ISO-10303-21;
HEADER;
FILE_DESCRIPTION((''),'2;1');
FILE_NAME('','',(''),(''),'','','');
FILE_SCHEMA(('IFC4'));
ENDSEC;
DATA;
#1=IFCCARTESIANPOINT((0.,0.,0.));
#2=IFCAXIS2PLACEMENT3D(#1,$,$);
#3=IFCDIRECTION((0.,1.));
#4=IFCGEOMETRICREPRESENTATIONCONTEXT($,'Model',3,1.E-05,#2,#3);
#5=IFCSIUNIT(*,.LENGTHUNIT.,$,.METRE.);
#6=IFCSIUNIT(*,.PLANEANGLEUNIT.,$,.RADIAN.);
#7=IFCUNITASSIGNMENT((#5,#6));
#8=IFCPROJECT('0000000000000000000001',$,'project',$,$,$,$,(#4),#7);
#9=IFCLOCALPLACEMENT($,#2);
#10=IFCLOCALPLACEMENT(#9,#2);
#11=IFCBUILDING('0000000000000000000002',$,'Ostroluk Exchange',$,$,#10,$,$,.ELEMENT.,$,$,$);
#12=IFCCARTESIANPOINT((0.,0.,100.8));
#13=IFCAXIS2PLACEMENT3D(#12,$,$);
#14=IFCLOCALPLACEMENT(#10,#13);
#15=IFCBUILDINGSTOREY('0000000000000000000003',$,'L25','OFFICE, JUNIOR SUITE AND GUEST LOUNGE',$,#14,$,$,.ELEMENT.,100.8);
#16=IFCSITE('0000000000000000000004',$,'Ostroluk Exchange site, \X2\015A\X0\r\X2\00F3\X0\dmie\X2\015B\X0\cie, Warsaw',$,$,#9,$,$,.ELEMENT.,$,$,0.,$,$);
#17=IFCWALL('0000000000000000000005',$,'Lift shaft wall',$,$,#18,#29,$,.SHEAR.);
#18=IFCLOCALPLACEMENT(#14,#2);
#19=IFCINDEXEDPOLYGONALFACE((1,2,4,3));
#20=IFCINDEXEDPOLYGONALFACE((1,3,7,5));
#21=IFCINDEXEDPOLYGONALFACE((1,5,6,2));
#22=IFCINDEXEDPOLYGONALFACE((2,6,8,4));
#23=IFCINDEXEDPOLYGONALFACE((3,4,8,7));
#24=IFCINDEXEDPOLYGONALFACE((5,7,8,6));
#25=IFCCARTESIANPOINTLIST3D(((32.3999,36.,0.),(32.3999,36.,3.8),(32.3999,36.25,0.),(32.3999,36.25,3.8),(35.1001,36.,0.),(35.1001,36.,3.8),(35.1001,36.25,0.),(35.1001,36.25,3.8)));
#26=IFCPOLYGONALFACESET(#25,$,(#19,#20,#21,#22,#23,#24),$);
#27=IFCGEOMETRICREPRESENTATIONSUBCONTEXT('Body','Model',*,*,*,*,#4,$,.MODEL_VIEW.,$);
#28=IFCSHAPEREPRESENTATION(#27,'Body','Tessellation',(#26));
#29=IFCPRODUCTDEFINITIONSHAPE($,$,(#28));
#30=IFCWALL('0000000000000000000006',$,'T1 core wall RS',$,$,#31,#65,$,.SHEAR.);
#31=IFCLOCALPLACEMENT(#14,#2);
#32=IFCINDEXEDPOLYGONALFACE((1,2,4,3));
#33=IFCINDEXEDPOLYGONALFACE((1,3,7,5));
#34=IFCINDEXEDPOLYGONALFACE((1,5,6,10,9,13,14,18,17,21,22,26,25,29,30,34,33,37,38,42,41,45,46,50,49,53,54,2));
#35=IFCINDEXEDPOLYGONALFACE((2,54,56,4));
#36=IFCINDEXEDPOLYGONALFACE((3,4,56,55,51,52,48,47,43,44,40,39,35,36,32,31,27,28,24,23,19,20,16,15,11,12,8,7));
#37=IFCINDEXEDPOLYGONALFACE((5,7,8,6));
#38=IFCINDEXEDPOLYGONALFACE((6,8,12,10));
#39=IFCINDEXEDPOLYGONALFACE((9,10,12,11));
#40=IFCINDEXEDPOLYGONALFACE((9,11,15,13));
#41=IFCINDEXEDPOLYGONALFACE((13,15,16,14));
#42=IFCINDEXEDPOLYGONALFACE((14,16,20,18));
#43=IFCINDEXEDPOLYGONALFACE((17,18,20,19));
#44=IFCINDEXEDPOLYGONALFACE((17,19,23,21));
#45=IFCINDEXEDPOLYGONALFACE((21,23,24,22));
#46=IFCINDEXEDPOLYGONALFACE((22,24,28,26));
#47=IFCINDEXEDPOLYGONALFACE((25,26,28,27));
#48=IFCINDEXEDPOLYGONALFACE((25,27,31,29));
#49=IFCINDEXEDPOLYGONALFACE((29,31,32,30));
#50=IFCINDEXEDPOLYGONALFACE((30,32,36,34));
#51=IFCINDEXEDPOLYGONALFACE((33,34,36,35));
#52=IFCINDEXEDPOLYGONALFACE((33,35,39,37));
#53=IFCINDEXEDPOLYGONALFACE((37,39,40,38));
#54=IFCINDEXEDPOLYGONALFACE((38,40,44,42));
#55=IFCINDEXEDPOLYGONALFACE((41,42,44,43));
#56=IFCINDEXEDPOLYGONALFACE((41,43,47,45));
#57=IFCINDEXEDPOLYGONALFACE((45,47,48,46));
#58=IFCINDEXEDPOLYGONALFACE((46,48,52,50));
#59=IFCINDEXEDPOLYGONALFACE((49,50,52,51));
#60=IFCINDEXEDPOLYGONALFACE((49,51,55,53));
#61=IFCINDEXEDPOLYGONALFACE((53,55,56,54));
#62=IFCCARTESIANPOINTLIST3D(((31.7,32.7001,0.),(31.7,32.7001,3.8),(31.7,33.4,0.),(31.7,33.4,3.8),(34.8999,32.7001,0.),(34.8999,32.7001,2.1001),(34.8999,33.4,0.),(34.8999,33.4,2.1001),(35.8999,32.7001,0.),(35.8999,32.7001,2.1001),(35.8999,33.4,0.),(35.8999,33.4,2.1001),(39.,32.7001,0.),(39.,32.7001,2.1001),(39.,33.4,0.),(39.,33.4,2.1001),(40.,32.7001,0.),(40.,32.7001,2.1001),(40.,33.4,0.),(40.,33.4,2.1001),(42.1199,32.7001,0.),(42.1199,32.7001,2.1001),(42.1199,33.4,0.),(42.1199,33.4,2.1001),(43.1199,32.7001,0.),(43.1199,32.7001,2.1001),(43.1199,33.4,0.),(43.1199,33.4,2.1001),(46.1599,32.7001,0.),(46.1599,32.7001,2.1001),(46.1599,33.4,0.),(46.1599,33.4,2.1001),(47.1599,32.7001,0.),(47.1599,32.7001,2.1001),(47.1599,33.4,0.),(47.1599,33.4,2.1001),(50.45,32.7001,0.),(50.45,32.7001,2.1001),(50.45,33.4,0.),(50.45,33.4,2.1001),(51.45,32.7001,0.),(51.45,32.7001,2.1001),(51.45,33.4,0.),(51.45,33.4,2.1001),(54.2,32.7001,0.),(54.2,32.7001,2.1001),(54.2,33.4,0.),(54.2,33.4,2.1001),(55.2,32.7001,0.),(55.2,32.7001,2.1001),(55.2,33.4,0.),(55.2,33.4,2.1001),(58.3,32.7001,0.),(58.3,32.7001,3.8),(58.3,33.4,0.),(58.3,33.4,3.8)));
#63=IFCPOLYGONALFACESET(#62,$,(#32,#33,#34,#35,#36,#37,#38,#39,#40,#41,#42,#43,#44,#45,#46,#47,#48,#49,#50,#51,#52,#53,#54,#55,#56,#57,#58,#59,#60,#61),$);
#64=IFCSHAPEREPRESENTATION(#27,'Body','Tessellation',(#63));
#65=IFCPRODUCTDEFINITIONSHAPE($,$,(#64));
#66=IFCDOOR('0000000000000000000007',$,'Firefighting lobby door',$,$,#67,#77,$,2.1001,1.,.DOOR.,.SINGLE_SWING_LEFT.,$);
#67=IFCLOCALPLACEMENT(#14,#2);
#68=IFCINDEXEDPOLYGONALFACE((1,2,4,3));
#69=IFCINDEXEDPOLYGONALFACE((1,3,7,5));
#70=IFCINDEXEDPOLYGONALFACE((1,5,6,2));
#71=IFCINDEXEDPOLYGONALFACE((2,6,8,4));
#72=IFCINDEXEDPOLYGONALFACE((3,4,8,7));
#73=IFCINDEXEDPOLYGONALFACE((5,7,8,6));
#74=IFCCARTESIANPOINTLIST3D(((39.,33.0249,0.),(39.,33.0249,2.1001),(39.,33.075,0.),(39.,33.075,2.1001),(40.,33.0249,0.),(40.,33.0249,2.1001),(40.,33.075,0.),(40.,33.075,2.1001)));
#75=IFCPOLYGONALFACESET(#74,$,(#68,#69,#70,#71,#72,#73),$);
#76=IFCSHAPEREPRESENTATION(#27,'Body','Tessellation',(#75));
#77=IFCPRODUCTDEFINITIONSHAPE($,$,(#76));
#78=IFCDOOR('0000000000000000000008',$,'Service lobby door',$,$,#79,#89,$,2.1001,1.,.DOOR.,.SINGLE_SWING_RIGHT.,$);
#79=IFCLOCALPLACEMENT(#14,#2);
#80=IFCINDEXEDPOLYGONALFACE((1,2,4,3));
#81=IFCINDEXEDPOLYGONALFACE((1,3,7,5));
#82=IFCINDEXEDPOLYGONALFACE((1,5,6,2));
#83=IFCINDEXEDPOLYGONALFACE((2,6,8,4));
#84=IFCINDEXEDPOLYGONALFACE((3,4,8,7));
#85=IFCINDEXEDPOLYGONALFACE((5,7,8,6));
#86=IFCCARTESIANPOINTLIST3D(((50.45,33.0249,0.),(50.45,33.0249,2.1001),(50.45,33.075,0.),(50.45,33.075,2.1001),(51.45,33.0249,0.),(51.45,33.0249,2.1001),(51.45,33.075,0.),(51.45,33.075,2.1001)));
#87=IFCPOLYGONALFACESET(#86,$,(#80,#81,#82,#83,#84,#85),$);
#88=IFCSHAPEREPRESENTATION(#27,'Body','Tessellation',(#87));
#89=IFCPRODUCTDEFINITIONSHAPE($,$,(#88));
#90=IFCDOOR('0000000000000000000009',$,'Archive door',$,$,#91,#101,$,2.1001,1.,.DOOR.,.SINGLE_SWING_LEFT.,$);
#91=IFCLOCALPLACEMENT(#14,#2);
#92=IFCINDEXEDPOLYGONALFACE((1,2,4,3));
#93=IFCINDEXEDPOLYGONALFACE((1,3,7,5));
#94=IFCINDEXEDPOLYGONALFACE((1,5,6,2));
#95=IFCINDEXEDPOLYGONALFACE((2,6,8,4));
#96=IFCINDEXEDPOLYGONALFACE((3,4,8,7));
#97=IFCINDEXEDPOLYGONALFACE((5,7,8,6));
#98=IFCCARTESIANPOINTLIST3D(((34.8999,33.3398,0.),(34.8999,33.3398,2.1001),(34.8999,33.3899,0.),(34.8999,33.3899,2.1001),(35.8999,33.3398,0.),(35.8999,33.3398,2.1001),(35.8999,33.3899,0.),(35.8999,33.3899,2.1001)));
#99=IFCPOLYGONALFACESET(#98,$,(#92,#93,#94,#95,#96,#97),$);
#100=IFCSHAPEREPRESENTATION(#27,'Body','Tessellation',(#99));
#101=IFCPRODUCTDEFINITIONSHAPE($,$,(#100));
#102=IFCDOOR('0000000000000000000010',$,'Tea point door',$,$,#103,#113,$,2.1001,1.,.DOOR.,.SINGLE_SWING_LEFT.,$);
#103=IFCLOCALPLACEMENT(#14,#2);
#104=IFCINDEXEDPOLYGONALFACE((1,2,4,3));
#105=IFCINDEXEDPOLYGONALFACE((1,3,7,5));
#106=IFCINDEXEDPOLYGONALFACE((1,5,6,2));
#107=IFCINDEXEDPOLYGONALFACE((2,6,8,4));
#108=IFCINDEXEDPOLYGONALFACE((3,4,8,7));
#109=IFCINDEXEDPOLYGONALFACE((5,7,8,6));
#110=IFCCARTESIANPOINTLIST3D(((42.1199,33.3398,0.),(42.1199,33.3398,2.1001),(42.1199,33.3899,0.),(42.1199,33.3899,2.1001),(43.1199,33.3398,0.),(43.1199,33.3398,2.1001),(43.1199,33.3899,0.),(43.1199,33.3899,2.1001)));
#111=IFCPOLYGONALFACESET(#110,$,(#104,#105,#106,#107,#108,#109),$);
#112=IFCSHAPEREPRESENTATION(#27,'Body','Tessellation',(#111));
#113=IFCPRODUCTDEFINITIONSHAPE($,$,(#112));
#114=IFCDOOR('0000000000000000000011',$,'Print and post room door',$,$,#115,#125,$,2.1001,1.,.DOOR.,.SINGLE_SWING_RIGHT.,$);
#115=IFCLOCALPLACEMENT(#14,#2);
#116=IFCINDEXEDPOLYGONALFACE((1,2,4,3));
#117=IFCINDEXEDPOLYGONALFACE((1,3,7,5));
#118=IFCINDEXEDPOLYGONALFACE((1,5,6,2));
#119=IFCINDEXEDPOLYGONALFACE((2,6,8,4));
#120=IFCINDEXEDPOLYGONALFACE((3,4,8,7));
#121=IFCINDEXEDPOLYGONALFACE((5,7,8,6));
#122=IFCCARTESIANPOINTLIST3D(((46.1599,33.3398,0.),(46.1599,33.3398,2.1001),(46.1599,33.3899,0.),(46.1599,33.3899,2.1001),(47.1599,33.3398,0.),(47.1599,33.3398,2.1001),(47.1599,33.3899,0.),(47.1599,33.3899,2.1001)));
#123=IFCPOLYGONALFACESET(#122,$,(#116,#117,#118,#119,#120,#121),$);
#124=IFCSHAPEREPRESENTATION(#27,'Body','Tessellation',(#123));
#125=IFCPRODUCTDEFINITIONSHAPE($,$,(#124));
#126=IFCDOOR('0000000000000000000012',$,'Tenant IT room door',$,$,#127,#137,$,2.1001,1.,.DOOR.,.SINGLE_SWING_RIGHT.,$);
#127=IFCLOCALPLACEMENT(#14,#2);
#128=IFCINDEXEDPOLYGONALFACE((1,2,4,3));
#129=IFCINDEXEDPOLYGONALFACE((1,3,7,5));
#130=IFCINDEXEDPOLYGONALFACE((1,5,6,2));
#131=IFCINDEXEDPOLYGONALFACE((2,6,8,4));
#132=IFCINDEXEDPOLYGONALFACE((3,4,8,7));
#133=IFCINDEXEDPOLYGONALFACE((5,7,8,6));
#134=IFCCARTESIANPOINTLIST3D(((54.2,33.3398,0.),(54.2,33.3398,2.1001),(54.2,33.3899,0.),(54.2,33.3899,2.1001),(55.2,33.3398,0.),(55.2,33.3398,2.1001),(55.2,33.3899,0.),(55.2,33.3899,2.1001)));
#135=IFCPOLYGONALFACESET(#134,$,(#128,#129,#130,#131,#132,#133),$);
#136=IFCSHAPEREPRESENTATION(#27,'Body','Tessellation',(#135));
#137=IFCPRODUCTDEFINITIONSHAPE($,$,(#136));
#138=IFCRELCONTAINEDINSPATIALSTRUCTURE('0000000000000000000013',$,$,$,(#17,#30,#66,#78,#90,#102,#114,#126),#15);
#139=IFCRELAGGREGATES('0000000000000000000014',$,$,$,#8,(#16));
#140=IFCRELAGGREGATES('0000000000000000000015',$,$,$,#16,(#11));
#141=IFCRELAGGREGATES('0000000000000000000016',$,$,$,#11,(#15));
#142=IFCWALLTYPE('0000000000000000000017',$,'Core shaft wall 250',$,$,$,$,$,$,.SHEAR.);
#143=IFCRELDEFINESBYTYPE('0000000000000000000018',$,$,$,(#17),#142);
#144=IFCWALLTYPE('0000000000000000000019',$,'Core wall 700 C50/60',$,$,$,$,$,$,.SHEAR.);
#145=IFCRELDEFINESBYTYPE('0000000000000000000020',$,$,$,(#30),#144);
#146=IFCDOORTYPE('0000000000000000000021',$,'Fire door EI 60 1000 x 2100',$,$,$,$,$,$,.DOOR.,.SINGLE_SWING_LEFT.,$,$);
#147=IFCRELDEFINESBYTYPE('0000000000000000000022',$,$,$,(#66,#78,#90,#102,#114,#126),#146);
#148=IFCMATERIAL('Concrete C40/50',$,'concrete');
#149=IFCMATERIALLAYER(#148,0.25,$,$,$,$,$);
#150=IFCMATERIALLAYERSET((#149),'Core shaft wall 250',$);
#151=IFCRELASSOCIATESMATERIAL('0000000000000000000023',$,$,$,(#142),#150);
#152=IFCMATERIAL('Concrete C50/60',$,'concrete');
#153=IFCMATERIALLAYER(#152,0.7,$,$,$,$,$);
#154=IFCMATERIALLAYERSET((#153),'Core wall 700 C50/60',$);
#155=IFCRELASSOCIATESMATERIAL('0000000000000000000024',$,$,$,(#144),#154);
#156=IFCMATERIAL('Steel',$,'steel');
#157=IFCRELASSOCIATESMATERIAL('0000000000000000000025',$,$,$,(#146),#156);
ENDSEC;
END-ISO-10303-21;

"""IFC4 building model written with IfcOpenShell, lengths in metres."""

from ifc_helpers import new_model, si_unit, direction, frame, frame_2d, origin, place, context, subcontext, project, spatial, rectangle, extrude, material, layer, layer_set, type_object, element, fill, save


model = new_model("IFC4")

# Units and contexts
model_context = context("Model", 3, precision=1e-05, world=origin(), true_north=direction((0.0, 1.0)))
body_context = subcontext(model_context, "Body", "Model", "MODEL_VIEW")
ifc_project = project(units=[si_unit("LENGTHUNIT", "METRE"), si_unit("PLANEANGLEUNIT", "RADIAN")], contexts=[model_context])

# Site, building, storey
site_placement = place(None, origin())
site = spatial("IfcSite", under=ifc_project, at=site_placement, Name="Ostroluk Exchange site, Śródmieście, Warsaw", CompositionType="ELEMENT", RefElevation=0.0)
building_placement = place(site_placement, origin())
building = spatial("IfcBuilding", under=site, at=building_placement, Name="Ostroluk Exchange", CompositionType="ELEMENT")
storey_placement = place(building_placement, frame((0.0, 0.0, 100.8)))
storey = spatial("IfcBuildingStorey", under=building, at=storey_placement, Name="L25", Description="OFFICE, JUNIOR SUITE AND GUEST LOUNGE", CompositionType="ELEMENT", Elevation=100.8)

# Wall
ifc_material_1 = material(Name="Concrete C40/50", Category="concrete")
ifc_layer_1 = layer(ifc_material_1, 0.25)
ifc_layer_set_1 = layer_set([ifc_layer_1], Name="Core shaft wall 250")
wall_type_1 = type_object("IfcWallType", Name="Core shaft wall 250", PredefinedType="SHEAR", material=ifc_layer_set_1)
wall_1_placement = place(storey_placement, frame((32.3999, 36.125, 0.0), z_axis=(0.0, 0.0, 1.0), x_axis=(1.0, 0.0, 0.0)))
element("IfcWall", 1, at=wall_1_placement, inside=storey, type_object=wall_type_1, Name="Lift shaft wall", PredefinedType="SHEAR", context=body_context, shape_type="SweptSolid", body=[
    extrude(rectangle(XDim=2.7002, YDim=0.25, at=frame_2d((1.3501, 0.0))), origin(), (0.0, 0.0, 1.0), 3.8),
])

# Wall, openings, doors
ifc_material_2 = material(Name="Concrete C50/60", Category="concrete")
ifc_layer_2 = layer(ifc_material_2, 0.7)
ifc_layer_set_2 = layer_set([ifc_layer_2], Name="Core wall 700 C50/60")
wall_type_2 = type_object("IfcWallType", Name="Core wall 700 C50/60", PredefinedType="SHEAR", material=ifc_layer_set_2)
wall_2_placement = place(storey_placement, frame((31.7, 33.05, 0.0), z_axis=(0.0, 0.0, 1.0), x_axis=(1.0, 0.0, 0.0)))
wall_2 = element("IfcWall", 2, at=wall_2_placement, inside=storey, type_object=wall_type_2, Name="T1 core wall RS", PredefinedType="SHEAR", context=body_context, shape_type="SweptSolid", body=[
    extrude(rectangle(XDim=26.6001, YDim=0.7, at=frame_2d((13.3, 0.0))), origin(), (0.0, 0.0, 1.0), 3.8),
])
opening_1_placement = place(wall_2_placement, frame((7.3, 0.0, 0.0)))
opening_1 = element("IfcOpeningElement", 3, at=opening_1_placement, cuts=wall_2, PredefinedType="OPENING", context=body_context, shape_type="SweptSolid", body=[
    extrude(rectangle(XDim=1.0, YDim=2.1001, at=frame_2d((0.5, 1.05))), frame((0.0, 0.3599, 0.0), z_axis=(0.0, -1.0, 0.0), x_axis=(1.0, 0.0, 0.0)), (0.0, 0.0, 1.0), 0.72),
])
opening_2_placement = place(wall_2_placement, frame((18.75, 0.0, 0.0)))
opening_2 = element("IfcOpeningElement", 4, at=opening_2_placement, cuts=wall_2, PredefinedType="OPENING", context=body_context, shape_type="SweptSolid", body=[
    extrude(rectangle(XDim=1.0, YDim=2.1001, at=frame_2d((0.5, 1.05))), frame((0.0, 0.3599, 0.0), z_axis=(0.0, -1.0, 0.0), x_axis=(1.0, 0.0, 0.0)), (0.0, 0.0, 1.0), 0.72),
])
opening_3_placement = place(wall_2_placement, frame((3.2, 0.0, 0.0)))
opening_3 = element("IfcOpeningElement", 5, at=opening_3_placement, cuts=wall_2, PredefinedType="OPENING", context=body_context, shape_type="SweptSolid", body=[
    extrude(rectangle(XDim=1.0, YDim=2.1001, at=frame_2d((0.5, 1.05))), frame((0.0, 0.3599, 0.0), z_axis=(0.0, -1.0, 0.0), x_axis=(1.0, 0.0, 0.0)), (0.0, 0.0, 1.0), 0.72),
])
opening_4_placement = place(wall_2_placement, frame((10.4199, 0.0, 0.0)))
opening_4 = element("IfcOpeningElement", 6, at=opening_4_placement, cuts=wall_2, PredefinedType="OPENING", context=body_context, shape_type="SweptSolid", body=[
    extrude(rectangle(XDim=1.0, YDim=2.1001, at=frame_2d((0.5, 1.05))), frame((0.0, 0.3599, 0.0), z_axis=(0.0, -1.0, 0.0), x_axis=(1.0, 0.0, 0.0)), (0.0, 0.0, 1.0), 0.72),
])
opening_5_placement = place(wall_2_placement, frame((14.46, 0.0, 0.0)))
opening_5 = element("IfcOpeningElement", 7, at=opening_5_placement, cuts=wall_2, PredefinedType="OPENING", context=body_context, shape_type="SweptSolid", body=[
    extrude(rectangle(XDim=1.0, YDim=2.1001, at=frame_2d((0.5, 1.05))), frame((0.0, 0.3599, 0.0), z_axis=(0.0, -1.0, 0.0), x_axis=(1.0, 0.0, 0.0)), (0.0, 0.0, 1.0), 0.72),
])
opening_6_placement = place(wall_2_placement, frame((22.5, 0.0, 0.0)))
opening_6 = element("IfcOpeningElement", 8, at=opening_6_placement, cuts=wall_2, PredefinedType="OPENING", context=body_context, shape_type="SweptSolid", body=[
    extrude(rectangle(XDim=1.0, YDim=2.1001, at=frame_2d((0.5, 1.05))), frame((0.0, 0.3599, 0.0), z_axis=(0.0, -1.0, 0.0), x_axis=(1.0, 0.0, 0.0)), (0.0, 0.0, 1.0), 0.72),
])
ifc_material_3 = material(Name="Steel", Category="steel")
door_type_1 = type_object("IfcDoorType", Name="Fire door EI 60 1000 x 2100", OperationType="SINGLE_SWING_LEFT", PredefinedType="DOOR", material=ifc_material_3)
door_1_placement = place(opening_1_placement, origin())
door_1 = element("IfcDoor", 9, at=door_1_placement, inside=storey, type_object=door_type_1, Name="Firefighting lobby door", OperationType="SINGLE_SWING_LEFT", OverallHeight=2.1001, OverallWidth=1.0, PredefinedType="DOOR", context=body_context, shape_type="SweptSolid", body=[
    extrude(rectangle(XDim=1.0, YDim=2.1001, at=frame_2d((0.5, 1.05))), frame((0.0, 0.0249, 0.0), z_axis=(0.0, -1.0, 0.0), x_axis=(1.0, 0.0, 0.0)), (0.0, 0.0, 1.0), 0.05),
])
fill(opening_1, door_1)
door_2_placement = place(opening_2_placement, origin())
door_2 = element("IfcDoor", 10, at=door_2_placement, inside=storey, type_object=door_type_1, Name="Service lobby door", OperationType="SINGLE_SWING_RIGHT", OverallHeight=2.1001, OverallWidth=1.0, PredefinedType="DOOR", context=body_context, shape_type="SweptSolid", body=[
    extrude(rectangle(XDim=1.0, YDim=2.1001, at=frame_2d((0.5, 1.05))), frame((0.0, 0.0249, 0.0), z_axis=(0.0, -1.0, 0.0), x_axis=(1.0, 0.0, 0.0)), (0.0, 0.0, 1.0), 0.05),
])
fill(opening_2, door_2)
door_3_placement = place(opening_3_placement, origin())
door_3 = element("IfcDoor", 11, at=door_3_placement, inside=storey, type_object=door_type_1, Name="Archive door", OperationType="SINGLE_SWING_LEFT", OverallHeight=2.1001, OverallWidth=1.0, PredefinedType="DOOR", context=body_context, shape_type="SweptSolid", body=[
    extrude(rectangle(XDim=1.0, YDim=2.1001, at=frame_2d((0.5, 1.05))), frame((0.0, 0.3398, 0.0), z_axis=(0.0, -1.0, 0.0), x_axis=(1.0, 0.0, 0.0)), (0.0, 0.0, 1.0), 0.05),
])
fill(opening_3, door_3)
door_4_placement = place(opening_4_placement, origin())
door_4 = element("IfcDoor", 12, at=door_4_placement, inside=storey, type_object=door_type_1, Name="Tea point door", OperationType="SINGLE_SWING_LEFT", OverallHeight=2.1001, OverallWidth=1.0, PredefinedType="DOOR", context=body_context, shape_type="SweptSolid", body=[
    extrude(rectangle(XDim=1.0, YDim=2.1001, at=frame_2d((0.5, 1.05))), frame((0.0, 0.3398, 0.0), z_axis=(0.0, -1.0, 0.0), x_axis=(1.0, 0.0, 0.0)), (0.0, 0.0, 1.0), 0.05),
])
fill(opening_4, door_4)
door_5_placement = place(opening_5_placement, origin())
door_5 = element("IfcDoor", 13, at=door_5_placement, inside=storey, type_object=door_type_1, Name="Print and post room door", OperationType="SINGLE_SWING_RIGHT", OverallHeight=2.1001, OverallWidth=1.0, PredefinedType="DOOR", context=body_context, shape_type="SweptSolid", body=[
    extrude(rectangle(XDim=1.0, YDim=2.1001, at=frame_2d((0.5, 1.05))), frame((0.0, 0.3398, 0.0), z_axis=(0.0, -1.0, 0.0), x_axis=(1.0, 0.0, 0.0)), (0.0, 0.0, 1.0), 0.05),
])
fill(opening_5, door_5)
door_6_placement = place(opening_6_placement, origin())
door_6 = element("IfcDoor", 14, at=door_6_placement, inside=storey, type_object=door_type_1, Name="Tenant IT room door", OperationType="SINGLE_SWING_RIGHT", OverallHeight=2.1001, OverallWidth=1.0, PredefinedType="DOOR", context=body_context, shape_type="SweptSolid", body=[
    extrude(rectangle(XDim=1.0, YDim=2.1001, at=frame_2d((0.5, 1.05))), frame((0.0, 0.3398, 0.0), z_axis=(0.0, -1.0, 0.0), x_axis=(1.0, 0.0, 0.0)), (0.0, 0.0, 1.0), 0.05),
])
fill(opening_6, door_6)

save(model, "model.ifc")
